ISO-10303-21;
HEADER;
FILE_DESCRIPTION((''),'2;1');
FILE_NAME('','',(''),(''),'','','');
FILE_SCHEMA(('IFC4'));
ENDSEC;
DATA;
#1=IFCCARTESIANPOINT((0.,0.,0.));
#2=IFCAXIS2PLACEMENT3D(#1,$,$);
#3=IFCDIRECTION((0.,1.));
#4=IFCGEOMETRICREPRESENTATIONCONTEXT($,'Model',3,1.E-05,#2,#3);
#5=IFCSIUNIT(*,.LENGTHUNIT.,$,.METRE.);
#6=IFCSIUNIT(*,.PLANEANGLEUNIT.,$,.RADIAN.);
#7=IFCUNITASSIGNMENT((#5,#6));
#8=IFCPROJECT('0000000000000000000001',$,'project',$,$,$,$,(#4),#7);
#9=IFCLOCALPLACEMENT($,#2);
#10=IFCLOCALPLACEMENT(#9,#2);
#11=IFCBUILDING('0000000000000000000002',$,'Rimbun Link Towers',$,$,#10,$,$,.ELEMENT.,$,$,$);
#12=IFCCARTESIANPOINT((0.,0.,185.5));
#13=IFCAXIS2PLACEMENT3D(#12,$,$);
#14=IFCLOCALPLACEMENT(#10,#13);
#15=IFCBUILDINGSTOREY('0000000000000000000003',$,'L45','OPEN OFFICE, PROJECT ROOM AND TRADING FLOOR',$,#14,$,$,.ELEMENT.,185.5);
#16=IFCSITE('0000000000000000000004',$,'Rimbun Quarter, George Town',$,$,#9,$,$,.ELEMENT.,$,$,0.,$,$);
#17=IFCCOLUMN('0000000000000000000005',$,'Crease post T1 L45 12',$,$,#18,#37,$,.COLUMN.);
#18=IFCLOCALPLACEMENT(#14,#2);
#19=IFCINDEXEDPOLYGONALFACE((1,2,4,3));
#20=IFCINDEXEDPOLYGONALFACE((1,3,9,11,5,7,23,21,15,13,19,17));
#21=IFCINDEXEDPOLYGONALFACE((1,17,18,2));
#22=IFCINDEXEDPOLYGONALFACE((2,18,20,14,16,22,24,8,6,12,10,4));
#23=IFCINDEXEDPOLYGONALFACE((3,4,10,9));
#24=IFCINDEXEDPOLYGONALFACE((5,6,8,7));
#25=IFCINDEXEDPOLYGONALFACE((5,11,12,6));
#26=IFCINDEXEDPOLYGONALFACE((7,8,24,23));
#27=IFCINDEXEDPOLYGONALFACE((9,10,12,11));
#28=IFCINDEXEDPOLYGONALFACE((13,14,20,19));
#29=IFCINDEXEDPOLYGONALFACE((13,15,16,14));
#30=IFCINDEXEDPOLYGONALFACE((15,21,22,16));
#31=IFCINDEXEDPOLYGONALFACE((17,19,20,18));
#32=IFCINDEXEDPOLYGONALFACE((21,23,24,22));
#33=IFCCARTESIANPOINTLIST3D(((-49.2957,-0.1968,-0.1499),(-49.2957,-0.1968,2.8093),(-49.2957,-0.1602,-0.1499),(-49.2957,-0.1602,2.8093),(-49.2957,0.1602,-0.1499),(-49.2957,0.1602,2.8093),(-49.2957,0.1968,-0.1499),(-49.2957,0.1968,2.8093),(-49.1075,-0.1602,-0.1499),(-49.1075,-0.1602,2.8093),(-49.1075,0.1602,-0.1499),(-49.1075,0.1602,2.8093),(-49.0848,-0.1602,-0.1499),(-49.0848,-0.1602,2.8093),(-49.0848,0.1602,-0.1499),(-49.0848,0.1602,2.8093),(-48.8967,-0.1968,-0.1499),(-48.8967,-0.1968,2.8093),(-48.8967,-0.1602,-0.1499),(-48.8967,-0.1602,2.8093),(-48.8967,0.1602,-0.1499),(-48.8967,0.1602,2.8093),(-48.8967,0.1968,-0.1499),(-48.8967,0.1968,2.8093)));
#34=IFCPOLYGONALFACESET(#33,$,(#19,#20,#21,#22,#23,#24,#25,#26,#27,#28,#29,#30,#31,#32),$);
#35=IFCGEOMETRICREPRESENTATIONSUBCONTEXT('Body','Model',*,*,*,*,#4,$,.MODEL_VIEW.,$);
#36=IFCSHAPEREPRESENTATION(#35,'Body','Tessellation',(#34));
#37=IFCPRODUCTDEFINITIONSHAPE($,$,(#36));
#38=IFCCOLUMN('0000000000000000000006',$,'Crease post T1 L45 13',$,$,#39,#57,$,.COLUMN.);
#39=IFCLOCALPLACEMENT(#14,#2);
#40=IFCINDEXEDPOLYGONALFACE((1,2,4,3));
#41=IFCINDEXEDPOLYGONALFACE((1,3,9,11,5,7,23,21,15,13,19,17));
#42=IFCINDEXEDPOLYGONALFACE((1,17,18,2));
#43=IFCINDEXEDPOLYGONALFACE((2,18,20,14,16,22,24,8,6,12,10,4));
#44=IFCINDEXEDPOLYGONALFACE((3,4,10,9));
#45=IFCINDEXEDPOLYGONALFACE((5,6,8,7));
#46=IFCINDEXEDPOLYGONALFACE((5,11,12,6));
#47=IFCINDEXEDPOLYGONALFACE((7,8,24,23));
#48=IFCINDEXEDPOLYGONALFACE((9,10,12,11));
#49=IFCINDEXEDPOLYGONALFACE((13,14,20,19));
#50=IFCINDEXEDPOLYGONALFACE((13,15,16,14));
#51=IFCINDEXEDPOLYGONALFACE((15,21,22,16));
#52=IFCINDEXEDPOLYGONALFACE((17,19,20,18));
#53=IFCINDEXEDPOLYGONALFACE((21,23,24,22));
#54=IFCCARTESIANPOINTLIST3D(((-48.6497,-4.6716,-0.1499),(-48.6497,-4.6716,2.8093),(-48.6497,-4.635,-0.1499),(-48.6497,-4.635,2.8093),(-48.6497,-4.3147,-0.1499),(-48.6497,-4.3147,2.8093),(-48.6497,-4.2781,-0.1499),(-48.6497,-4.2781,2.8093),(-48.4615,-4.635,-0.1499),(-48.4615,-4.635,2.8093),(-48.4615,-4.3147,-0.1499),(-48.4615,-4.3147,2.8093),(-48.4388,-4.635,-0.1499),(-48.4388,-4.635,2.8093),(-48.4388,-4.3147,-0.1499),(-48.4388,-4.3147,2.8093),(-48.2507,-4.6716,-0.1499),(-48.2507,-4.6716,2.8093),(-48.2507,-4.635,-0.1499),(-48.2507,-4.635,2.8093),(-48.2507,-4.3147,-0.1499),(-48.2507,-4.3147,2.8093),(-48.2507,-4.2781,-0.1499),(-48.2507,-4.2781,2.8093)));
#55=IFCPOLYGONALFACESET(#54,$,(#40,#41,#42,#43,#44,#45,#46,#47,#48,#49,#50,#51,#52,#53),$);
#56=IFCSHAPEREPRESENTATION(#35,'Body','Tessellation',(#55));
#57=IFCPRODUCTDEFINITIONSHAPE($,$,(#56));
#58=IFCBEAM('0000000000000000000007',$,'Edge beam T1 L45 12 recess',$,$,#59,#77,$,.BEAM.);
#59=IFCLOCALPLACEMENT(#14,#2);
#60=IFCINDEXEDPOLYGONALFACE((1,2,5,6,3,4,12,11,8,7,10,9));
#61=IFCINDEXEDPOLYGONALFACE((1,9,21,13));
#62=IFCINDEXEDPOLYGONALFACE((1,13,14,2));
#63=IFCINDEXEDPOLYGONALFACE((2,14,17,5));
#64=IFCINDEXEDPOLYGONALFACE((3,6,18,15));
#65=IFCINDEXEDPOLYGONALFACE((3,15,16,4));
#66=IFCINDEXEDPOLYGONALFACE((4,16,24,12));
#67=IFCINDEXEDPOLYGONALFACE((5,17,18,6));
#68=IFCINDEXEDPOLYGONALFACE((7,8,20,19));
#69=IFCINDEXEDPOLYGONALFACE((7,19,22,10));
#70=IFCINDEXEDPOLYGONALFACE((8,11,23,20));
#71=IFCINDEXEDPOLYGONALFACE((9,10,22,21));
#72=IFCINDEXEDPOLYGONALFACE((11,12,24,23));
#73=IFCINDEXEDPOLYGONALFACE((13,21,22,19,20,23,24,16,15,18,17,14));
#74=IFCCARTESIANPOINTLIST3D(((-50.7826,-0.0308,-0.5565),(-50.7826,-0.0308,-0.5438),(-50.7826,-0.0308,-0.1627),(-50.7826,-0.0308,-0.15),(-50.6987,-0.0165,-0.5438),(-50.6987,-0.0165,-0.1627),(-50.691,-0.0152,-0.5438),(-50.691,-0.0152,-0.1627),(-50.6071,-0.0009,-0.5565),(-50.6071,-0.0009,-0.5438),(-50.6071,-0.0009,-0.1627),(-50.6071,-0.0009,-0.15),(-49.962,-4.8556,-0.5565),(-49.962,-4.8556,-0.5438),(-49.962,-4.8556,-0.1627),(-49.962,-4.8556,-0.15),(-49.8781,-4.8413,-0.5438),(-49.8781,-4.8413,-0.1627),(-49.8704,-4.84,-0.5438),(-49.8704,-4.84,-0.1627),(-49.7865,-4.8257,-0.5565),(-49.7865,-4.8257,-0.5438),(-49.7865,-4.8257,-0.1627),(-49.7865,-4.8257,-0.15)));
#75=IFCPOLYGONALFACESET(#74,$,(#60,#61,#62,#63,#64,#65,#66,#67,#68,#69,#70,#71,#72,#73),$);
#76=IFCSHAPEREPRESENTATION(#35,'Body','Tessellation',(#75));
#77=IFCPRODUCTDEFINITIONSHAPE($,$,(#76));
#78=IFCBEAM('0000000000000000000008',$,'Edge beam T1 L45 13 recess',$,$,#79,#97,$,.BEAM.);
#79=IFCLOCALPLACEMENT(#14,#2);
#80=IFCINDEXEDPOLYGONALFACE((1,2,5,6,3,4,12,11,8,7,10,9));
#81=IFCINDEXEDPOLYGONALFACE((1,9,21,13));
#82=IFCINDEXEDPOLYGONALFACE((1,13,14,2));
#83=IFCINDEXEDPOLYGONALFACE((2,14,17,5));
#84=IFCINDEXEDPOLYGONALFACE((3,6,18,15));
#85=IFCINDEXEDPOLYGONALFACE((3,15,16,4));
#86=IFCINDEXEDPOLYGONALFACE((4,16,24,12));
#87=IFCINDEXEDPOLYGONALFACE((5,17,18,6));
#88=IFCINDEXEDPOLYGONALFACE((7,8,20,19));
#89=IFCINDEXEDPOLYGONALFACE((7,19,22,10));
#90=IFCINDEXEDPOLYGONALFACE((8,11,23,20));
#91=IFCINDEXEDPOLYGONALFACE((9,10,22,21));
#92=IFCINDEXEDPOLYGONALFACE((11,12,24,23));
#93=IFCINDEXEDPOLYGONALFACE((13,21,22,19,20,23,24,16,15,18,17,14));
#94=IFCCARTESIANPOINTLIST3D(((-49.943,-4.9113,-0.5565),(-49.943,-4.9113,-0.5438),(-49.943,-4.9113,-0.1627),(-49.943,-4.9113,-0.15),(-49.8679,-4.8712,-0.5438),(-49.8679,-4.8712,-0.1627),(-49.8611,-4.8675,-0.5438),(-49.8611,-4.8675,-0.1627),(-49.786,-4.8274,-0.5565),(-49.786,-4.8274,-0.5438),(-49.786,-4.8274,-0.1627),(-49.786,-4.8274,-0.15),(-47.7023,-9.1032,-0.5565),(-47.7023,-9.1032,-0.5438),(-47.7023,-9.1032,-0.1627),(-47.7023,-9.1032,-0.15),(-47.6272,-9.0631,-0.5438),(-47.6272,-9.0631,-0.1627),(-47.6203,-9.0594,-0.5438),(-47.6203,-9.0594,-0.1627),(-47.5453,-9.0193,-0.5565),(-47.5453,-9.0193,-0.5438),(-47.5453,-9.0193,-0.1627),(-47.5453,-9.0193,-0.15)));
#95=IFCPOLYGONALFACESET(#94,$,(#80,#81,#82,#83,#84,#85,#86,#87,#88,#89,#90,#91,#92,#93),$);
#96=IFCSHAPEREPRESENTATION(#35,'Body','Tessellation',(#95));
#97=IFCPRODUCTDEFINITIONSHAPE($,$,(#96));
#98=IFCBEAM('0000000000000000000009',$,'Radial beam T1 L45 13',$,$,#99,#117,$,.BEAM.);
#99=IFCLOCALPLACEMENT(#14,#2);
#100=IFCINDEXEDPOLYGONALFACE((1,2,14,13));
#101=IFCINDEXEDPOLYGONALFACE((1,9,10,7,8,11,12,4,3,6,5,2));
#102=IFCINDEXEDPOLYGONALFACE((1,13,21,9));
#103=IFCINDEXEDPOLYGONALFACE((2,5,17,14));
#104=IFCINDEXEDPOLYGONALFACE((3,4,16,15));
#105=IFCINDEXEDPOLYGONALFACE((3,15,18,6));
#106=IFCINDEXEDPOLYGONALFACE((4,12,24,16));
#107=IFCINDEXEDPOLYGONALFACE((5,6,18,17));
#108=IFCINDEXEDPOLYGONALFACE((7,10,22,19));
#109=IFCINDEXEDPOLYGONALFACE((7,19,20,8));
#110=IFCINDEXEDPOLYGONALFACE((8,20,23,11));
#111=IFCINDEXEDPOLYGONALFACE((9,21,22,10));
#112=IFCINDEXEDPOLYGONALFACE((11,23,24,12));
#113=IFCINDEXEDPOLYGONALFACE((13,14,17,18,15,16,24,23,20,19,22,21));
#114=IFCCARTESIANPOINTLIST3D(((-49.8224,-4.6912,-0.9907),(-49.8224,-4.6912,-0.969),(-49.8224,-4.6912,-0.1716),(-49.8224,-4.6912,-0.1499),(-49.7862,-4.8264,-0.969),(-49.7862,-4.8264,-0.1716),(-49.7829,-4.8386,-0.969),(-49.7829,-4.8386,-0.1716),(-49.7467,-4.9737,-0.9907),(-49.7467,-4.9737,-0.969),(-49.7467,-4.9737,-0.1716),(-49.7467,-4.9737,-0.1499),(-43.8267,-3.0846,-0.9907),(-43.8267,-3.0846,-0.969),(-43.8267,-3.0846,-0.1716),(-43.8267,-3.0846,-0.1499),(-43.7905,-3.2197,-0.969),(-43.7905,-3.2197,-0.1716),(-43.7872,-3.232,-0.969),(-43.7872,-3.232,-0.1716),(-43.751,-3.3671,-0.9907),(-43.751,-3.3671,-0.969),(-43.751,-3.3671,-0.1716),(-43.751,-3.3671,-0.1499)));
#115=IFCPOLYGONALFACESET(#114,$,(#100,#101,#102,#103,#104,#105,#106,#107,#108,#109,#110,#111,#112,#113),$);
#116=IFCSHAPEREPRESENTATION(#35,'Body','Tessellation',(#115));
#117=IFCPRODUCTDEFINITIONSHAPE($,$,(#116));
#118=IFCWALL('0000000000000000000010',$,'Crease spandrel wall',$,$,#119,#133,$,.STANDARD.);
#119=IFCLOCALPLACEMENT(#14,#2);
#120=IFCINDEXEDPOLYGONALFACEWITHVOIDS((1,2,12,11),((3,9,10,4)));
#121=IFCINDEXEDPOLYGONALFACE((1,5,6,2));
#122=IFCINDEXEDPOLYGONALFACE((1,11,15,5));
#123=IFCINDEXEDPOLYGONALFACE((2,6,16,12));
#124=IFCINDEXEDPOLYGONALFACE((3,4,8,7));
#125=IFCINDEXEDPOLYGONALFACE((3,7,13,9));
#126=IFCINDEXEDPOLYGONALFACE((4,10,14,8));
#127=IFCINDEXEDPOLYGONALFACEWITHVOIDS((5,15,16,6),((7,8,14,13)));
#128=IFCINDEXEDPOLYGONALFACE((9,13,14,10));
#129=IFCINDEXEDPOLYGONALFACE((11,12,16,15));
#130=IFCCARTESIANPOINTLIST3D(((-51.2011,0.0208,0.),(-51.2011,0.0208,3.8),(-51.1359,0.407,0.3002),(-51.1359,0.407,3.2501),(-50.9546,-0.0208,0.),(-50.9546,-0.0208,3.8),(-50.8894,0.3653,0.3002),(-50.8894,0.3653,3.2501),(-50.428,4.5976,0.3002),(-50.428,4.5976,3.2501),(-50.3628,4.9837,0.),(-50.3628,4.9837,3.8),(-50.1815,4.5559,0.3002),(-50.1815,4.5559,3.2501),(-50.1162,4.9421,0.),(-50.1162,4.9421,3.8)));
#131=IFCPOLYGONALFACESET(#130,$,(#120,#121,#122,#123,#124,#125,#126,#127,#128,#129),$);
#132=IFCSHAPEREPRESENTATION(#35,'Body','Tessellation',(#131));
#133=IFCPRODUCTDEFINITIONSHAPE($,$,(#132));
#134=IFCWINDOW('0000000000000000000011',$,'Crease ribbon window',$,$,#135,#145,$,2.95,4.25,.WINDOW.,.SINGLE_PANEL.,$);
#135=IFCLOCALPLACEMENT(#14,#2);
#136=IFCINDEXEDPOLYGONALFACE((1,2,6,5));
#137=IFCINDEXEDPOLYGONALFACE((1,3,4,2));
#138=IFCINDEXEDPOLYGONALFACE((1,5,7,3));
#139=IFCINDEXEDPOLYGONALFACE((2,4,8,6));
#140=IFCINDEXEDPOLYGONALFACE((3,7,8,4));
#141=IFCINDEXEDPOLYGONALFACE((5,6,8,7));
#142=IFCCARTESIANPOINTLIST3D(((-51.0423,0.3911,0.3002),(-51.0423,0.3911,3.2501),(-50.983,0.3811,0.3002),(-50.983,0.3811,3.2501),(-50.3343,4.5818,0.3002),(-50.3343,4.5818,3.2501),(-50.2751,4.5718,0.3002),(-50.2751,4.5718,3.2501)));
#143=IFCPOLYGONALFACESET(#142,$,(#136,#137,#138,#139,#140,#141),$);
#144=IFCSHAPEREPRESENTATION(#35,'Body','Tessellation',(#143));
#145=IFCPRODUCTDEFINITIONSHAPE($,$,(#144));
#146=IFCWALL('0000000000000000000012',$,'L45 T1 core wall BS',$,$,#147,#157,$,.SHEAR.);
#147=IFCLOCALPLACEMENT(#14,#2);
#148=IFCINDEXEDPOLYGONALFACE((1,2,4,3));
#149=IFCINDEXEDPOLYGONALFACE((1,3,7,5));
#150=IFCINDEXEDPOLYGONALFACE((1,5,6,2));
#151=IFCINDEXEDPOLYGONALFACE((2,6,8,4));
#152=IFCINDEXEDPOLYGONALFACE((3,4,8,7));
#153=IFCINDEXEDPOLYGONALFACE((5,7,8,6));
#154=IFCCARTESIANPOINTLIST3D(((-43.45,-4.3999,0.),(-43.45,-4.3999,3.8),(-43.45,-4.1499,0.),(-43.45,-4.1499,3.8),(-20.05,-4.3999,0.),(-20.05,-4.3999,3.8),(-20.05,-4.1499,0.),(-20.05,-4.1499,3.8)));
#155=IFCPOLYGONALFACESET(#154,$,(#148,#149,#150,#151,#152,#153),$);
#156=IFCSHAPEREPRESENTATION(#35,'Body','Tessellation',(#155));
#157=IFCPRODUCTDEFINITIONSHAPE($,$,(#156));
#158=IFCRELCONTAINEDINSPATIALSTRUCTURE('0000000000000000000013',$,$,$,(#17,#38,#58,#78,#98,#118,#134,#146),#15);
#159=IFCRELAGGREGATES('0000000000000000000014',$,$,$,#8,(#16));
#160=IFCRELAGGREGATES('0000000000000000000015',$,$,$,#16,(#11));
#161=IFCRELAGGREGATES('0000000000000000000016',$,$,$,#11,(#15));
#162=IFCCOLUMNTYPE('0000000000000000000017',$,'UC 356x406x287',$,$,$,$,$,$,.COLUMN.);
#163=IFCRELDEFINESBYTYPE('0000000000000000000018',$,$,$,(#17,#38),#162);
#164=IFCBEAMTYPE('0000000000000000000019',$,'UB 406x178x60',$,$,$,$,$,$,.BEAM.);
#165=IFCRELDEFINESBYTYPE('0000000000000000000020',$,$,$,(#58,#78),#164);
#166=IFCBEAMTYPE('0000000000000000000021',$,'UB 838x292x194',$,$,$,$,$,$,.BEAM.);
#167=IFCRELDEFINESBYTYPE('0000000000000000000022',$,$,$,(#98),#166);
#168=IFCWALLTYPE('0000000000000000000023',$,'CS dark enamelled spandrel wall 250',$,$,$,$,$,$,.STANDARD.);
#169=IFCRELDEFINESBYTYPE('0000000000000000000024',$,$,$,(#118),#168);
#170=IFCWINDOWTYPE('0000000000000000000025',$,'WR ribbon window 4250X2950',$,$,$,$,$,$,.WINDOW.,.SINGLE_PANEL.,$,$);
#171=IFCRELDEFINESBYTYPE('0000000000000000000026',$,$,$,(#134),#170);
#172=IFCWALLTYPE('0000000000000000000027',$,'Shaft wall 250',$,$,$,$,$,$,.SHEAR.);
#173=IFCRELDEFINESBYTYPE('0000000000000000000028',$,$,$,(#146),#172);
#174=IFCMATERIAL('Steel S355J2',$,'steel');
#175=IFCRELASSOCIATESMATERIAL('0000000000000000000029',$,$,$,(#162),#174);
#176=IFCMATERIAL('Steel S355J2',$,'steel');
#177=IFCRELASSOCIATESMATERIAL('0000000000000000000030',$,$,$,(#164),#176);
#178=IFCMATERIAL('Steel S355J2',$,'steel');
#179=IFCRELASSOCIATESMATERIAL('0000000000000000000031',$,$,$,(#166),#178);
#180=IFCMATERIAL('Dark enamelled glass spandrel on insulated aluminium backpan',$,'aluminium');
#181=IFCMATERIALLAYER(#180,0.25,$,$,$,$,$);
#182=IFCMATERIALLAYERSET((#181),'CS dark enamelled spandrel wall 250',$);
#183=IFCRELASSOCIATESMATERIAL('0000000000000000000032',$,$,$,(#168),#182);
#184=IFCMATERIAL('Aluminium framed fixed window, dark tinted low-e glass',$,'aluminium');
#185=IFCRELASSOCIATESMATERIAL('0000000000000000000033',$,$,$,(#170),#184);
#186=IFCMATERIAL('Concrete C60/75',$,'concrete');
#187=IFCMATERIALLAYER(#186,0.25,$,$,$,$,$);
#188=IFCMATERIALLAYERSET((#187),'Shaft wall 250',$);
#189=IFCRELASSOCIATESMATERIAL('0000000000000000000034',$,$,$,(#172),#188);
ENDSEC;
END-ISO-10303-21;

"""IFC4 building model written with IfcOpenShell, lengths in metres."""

from ifc_helpers import new_model, si_unit, direction, frame, frame_2d, origin, origin_2d, place, context, subcontext, project, spatial, rectangle, i_section, extrude, material, layer, layer_set, material_profile, profile_set, type_object, element, fill, save


model = new_model("IFC4")

# Units and contexts
model_context = context("Model", 3, precision=1e-05, world=origin(), true_north=direction((0.0, 1.0)))
body_context = subcontext(model_context, "Body", "Model", "MODEL_VIEW")
ifc_project = project(units=[si_unit("LENGTHUNIT", "METRE"), si_unit("PLANEANGLEUNIT", "RADIAN")], contexts=[model_context])

# Site, building, storey
site_placement = place(None, origin())
site = spatial("IfcSite", under=ifc_project, at=site_placement, Name="Rimbun Quarter, George Town", CompositionType="ELEMENT", RefElevation=0.0)
building_placement = place(site_placement, origin())
building = spatial("IfcBuilding", under=site, at=building_placement, Name="Rimbun Link Towers", CompositionType="ELEMENT")
storey_placement = place(building_placement, frame((0.0, 0.0, 185.5)))
storey = spatial("IfcBuildingStorey", under=building, at=storey_placement, Name="L45", Description="OPEN OFFICE, PROJECT ROOM AND TRADING FLOOR", CompositionType="ELEMENT", Elevation=185.5)

# Columns
ifc_material_1 = material(Name="Steel S355J2", Category="steel")
ifc_material_profile_1 = material_profile(ifc_material_1, i_section(OverallWidth=0.3989, OverallDepth=0.3936, WebThickness=0.0227, FlangeThickness=0.0366, at=origin_2d()), Name="UC 356x406x287")
ifc_profile_set_1 = profile_set([ifc_material_profile_1], Name="Steel S355J2")
column_type = type_object("IfcColumnType", Name="UC 356x406x287", PredefinedType="COLUMN", material=ifc_profile_set_1)
for number, where, z_axis, x_axis, name in (
    (1, (-49.0962, 0.0, -0.1499), (0.0, 0.0, 1.0), (1.0, 0.0, 0.0), "Crease post T1 L45 12"),
    (2, (-48.4502, -4.4749, -0.1499), (0.0, 0.0, 1.0), (1.0, 0.0, 0.0), "Crease post T1 L45 13"),
):
    element("IfcColumn", number, at=place(storey_placement, frame(where, z_axis=z_axis, x_axis=x_axis)), inside=storey, type_object=column_type, Name=name, PredefinedType="COLUMN", context=body_context, shape_type="SweptSolid", body=[
        extrude(i_section(OverallWidth=0.3989, OverallDepth=0.3936, WebThickness=0.0227, FlangeThickness=0.0366, at=origin_2d()), origin(), (0.0, 0.0, 1.0), 2.9592),
    ])

# Beams
ifc_material_2 = material(Name="Steel S355J2", Category="steel")
ifc_material_profile_2 = material_profile(ifc_material_2, i_section(OverallWidth=0.178, OverallDepth=0.4065, WebThickness=0.0078, FlangeThickness=0.0127, at=origin_2d()), Name="UB 406x178x60")
ifc_profile_set_2 = profile_set([ifc_material_profile_2], Name="Steel S355J2")
beam_type_1 = type_object("IfcBeamType", Name="UB 406x178x60", PredefinedType="BEAM", material=ifc_profile_set_2)
beam_1_placement = place(storey_placement, frame((-50.6948, -0.0159, -0.3533), z_axis=(0.167666, -0.985844, 0.0), x_axis=(0.985844, 0.167666, 0.0)))
element("IfcBeam", 3, at=beam_1_placement, inside=storey, type_object=beam_type_1, Name="Edge beam T1 L45 12 recess", PredefinedType="BEAM", context=body_context, shape_type="SweptSolid", body=[
    extrude(i_section(OverallWidth=0.178, OverallDepth=0.4065, WebThickness=0.0078, FlangeThickness=0.0127, at=origin_2d()), origin(), (0.0, 0.0, 1.0), 4.894),
])
beam_2_placement = place(storey_placement, frame((-49.8645, -4.8694, -0.3533), z_axis=(0.471414, -0.881912, 0.0), x_axis=(0.881912, 0.471414, 0.0)))
element("IfcBeam", 4, at=beam_2_placement, inside=storey, type_object=beam_type_1, Name="Edge beam T1 L45 13 recess", PredefinedType="BEAM", context=body_context, shape_type="SweptSolid", body=[
    extrude(i_section(OverallWidth=0.178, OverallDepth=0.4065, WebThickness=0.0078, FlangeThickness=0.0127, at=origin_2d()), origin(), (0.0, 0.0, 1.0), 4.7532),
])
ifc_material_3 = material(Name="Steel S355J2", Category="steel")
ifc_material_profile_3 = material_profile(ifc_material_3, i_section(OverallWidth=0.2925, OverallDepth=0.8408, WebThickness=0.0127, FlangeThickness=0.0217, at=origin_2d()), Name="UB 838x292x194")
ifc_profile_set_3 = profile_set([ifc_material_profile_3], Name="Steel S355J2")
beam_type_2 = type_object("IfcBeamType", Name="UB 838x292x194", PredefinedType="BEAM", material=ifc_profile_set_3)
beam_3_placement = place(storey_placement, frame((-43.7888, -3.2258, -0.5703), z_axis=(-0.965922, -0.258835, 0.0), x_axis=(0.258835, -0.965922, 0.0)))
element("IfcBeam", 5, at=beam_3_placement, inside=storey, type_object=beam_type_2, Name="Radial beam T1 L45 13", PredefinedType="BEAM", context=body_context, shape_type="SweptSolid", body=[
    extrude(i_section(OverallWidth=0.2925, OverallDepth=0.8408, WebThickness=0.0127, FlangeThickness=0.0217, at=origin_2d()), origin(), (0.0, 0.0, 1.0), 6.2073),
])

# Wall, opening, window
ifc_material_4 = material(Name="Dark enamelled glass spandrel on insulated aluminium backpan", Category="aluminium")
ifc_layer_1 = layer(ifc_material_4, 0.25)
ifc_layer_set_1 = layer_set([ifc_layer_1], Name="CS dark enamelled spandrel wall 250")
wall_type_1 = type_object("IfcWallType", Name="CS dark enamelled spandrel wall 250", PredefinedType="STANDARD", material=ifc_layer_set_1)
wall_1_placement = place(storey_placement, frame((-51.0779, 0.0, 0.0), z_axis=(0.0, 0.0, 1.0), x_axis=(0.16657, 0.98603, 0.0)))
wall_1 = element("IfcWall", 6, at=wall_1_placement, inside=storey, type_object=wall_type_1, Name="Crease spandrel wall", PredefinedType="STANDARD", context=body_context, shape_type="SweptSolid", body=[
    extrude(rectangle(XDim=5.0332, YDim=0.25, at=frame_2d((2.5166, 0.0))), origin(), (0.0, 0.0, 1.0), 3.8),
])
opening_1_placement = place(wall_1_placement, frame((0.3916, 0.0, 0.3)))
opening_1 = element("IfcOpeningElement", 7, at=opening_1_placement, cuts=wall_1, PredefinedType="OPENING", context=body_context, shape_type="SweptSolid", body=[
    extrude(rectangle(XDim=4.25, YDim=2.95, at=frame_2d((2.125, 1.4751))), frame((0.0, 0.135, 0.0), z_axis=(0.0, -1.0, 0.0), x_axis=(1.0, 0.0, 0.0)), (0.0, 0.0, 1.0), 0.27),
])
ifc_material_5 = material(Name="Aluminium framed fixed window, dark tinted low-e glass", Category="aluminium")
window_type = type_object("IfcWindowType", Name="WR ribbon window 4250X2950", PartitioningType="SINGLE_PANEL", PredefinedType="WINDOW", material=ifc_material_5)
window_placement = place(opening_1_placement, origin())
window = element("IfcWindow", 8, at=window_placement, inside=storey, type_object=window_type, Name="Crease ribbon window", OverallHeight=2.95, OverallWidth=4.25, PartitioningType="SINGLE_PANEL", PredefinedType="WINDOW", context=body_context, shape_type="SweptSolid", body=[
    extrude(rectangle(XDim=4.25, YDim=2.95, at=frame_2d((2.125, 1.4751))), frame((0.0, 0.03, 0.0), z_axis=(0.0, -1.0, 0.0), x_axis=(1.0, 0.0, 0.0)), (0.0, 0.0, 1.0), 0.0601),
])
fill(opening_1, window)

# Wall
ifc_material_6 = material(Name="Concrete C60/75", Category="concrete")
ifc_layer_2 = layer(ifc_material_6, 0.25)
ifc_layer_set_2 = layer_set([ifc_layer_2], Name="Shaft wall 250")
wall_type_2 = type_object("IfcWallType", Name="Shaft wall 250", PredefinedType="SHEAR", material=ifc_layer_set_2)
wall_2_placement = place(storey_placement, frame((-43.45, -4.2749, 0.0), z_axis=(0.0, 0.0, 1.0), x_axis=(1.0, 0.0, 0.0)))
element("IfcWall", 9, at=wall_2_placement, inside=storey, type_object=wall_type_2, Name="L45 T1 core wall BS", PredefinedType="SHEAR", context=body_context, shape_type="SweptSolid", body=[
    extrude(rectangle(XDim=23.3999, YDim=0.25, at=frame_2d((11.7, 0.0))), origin(), (0.0, 0.0, 1.0), 3.8),
])

save(model, "model.ifc")
